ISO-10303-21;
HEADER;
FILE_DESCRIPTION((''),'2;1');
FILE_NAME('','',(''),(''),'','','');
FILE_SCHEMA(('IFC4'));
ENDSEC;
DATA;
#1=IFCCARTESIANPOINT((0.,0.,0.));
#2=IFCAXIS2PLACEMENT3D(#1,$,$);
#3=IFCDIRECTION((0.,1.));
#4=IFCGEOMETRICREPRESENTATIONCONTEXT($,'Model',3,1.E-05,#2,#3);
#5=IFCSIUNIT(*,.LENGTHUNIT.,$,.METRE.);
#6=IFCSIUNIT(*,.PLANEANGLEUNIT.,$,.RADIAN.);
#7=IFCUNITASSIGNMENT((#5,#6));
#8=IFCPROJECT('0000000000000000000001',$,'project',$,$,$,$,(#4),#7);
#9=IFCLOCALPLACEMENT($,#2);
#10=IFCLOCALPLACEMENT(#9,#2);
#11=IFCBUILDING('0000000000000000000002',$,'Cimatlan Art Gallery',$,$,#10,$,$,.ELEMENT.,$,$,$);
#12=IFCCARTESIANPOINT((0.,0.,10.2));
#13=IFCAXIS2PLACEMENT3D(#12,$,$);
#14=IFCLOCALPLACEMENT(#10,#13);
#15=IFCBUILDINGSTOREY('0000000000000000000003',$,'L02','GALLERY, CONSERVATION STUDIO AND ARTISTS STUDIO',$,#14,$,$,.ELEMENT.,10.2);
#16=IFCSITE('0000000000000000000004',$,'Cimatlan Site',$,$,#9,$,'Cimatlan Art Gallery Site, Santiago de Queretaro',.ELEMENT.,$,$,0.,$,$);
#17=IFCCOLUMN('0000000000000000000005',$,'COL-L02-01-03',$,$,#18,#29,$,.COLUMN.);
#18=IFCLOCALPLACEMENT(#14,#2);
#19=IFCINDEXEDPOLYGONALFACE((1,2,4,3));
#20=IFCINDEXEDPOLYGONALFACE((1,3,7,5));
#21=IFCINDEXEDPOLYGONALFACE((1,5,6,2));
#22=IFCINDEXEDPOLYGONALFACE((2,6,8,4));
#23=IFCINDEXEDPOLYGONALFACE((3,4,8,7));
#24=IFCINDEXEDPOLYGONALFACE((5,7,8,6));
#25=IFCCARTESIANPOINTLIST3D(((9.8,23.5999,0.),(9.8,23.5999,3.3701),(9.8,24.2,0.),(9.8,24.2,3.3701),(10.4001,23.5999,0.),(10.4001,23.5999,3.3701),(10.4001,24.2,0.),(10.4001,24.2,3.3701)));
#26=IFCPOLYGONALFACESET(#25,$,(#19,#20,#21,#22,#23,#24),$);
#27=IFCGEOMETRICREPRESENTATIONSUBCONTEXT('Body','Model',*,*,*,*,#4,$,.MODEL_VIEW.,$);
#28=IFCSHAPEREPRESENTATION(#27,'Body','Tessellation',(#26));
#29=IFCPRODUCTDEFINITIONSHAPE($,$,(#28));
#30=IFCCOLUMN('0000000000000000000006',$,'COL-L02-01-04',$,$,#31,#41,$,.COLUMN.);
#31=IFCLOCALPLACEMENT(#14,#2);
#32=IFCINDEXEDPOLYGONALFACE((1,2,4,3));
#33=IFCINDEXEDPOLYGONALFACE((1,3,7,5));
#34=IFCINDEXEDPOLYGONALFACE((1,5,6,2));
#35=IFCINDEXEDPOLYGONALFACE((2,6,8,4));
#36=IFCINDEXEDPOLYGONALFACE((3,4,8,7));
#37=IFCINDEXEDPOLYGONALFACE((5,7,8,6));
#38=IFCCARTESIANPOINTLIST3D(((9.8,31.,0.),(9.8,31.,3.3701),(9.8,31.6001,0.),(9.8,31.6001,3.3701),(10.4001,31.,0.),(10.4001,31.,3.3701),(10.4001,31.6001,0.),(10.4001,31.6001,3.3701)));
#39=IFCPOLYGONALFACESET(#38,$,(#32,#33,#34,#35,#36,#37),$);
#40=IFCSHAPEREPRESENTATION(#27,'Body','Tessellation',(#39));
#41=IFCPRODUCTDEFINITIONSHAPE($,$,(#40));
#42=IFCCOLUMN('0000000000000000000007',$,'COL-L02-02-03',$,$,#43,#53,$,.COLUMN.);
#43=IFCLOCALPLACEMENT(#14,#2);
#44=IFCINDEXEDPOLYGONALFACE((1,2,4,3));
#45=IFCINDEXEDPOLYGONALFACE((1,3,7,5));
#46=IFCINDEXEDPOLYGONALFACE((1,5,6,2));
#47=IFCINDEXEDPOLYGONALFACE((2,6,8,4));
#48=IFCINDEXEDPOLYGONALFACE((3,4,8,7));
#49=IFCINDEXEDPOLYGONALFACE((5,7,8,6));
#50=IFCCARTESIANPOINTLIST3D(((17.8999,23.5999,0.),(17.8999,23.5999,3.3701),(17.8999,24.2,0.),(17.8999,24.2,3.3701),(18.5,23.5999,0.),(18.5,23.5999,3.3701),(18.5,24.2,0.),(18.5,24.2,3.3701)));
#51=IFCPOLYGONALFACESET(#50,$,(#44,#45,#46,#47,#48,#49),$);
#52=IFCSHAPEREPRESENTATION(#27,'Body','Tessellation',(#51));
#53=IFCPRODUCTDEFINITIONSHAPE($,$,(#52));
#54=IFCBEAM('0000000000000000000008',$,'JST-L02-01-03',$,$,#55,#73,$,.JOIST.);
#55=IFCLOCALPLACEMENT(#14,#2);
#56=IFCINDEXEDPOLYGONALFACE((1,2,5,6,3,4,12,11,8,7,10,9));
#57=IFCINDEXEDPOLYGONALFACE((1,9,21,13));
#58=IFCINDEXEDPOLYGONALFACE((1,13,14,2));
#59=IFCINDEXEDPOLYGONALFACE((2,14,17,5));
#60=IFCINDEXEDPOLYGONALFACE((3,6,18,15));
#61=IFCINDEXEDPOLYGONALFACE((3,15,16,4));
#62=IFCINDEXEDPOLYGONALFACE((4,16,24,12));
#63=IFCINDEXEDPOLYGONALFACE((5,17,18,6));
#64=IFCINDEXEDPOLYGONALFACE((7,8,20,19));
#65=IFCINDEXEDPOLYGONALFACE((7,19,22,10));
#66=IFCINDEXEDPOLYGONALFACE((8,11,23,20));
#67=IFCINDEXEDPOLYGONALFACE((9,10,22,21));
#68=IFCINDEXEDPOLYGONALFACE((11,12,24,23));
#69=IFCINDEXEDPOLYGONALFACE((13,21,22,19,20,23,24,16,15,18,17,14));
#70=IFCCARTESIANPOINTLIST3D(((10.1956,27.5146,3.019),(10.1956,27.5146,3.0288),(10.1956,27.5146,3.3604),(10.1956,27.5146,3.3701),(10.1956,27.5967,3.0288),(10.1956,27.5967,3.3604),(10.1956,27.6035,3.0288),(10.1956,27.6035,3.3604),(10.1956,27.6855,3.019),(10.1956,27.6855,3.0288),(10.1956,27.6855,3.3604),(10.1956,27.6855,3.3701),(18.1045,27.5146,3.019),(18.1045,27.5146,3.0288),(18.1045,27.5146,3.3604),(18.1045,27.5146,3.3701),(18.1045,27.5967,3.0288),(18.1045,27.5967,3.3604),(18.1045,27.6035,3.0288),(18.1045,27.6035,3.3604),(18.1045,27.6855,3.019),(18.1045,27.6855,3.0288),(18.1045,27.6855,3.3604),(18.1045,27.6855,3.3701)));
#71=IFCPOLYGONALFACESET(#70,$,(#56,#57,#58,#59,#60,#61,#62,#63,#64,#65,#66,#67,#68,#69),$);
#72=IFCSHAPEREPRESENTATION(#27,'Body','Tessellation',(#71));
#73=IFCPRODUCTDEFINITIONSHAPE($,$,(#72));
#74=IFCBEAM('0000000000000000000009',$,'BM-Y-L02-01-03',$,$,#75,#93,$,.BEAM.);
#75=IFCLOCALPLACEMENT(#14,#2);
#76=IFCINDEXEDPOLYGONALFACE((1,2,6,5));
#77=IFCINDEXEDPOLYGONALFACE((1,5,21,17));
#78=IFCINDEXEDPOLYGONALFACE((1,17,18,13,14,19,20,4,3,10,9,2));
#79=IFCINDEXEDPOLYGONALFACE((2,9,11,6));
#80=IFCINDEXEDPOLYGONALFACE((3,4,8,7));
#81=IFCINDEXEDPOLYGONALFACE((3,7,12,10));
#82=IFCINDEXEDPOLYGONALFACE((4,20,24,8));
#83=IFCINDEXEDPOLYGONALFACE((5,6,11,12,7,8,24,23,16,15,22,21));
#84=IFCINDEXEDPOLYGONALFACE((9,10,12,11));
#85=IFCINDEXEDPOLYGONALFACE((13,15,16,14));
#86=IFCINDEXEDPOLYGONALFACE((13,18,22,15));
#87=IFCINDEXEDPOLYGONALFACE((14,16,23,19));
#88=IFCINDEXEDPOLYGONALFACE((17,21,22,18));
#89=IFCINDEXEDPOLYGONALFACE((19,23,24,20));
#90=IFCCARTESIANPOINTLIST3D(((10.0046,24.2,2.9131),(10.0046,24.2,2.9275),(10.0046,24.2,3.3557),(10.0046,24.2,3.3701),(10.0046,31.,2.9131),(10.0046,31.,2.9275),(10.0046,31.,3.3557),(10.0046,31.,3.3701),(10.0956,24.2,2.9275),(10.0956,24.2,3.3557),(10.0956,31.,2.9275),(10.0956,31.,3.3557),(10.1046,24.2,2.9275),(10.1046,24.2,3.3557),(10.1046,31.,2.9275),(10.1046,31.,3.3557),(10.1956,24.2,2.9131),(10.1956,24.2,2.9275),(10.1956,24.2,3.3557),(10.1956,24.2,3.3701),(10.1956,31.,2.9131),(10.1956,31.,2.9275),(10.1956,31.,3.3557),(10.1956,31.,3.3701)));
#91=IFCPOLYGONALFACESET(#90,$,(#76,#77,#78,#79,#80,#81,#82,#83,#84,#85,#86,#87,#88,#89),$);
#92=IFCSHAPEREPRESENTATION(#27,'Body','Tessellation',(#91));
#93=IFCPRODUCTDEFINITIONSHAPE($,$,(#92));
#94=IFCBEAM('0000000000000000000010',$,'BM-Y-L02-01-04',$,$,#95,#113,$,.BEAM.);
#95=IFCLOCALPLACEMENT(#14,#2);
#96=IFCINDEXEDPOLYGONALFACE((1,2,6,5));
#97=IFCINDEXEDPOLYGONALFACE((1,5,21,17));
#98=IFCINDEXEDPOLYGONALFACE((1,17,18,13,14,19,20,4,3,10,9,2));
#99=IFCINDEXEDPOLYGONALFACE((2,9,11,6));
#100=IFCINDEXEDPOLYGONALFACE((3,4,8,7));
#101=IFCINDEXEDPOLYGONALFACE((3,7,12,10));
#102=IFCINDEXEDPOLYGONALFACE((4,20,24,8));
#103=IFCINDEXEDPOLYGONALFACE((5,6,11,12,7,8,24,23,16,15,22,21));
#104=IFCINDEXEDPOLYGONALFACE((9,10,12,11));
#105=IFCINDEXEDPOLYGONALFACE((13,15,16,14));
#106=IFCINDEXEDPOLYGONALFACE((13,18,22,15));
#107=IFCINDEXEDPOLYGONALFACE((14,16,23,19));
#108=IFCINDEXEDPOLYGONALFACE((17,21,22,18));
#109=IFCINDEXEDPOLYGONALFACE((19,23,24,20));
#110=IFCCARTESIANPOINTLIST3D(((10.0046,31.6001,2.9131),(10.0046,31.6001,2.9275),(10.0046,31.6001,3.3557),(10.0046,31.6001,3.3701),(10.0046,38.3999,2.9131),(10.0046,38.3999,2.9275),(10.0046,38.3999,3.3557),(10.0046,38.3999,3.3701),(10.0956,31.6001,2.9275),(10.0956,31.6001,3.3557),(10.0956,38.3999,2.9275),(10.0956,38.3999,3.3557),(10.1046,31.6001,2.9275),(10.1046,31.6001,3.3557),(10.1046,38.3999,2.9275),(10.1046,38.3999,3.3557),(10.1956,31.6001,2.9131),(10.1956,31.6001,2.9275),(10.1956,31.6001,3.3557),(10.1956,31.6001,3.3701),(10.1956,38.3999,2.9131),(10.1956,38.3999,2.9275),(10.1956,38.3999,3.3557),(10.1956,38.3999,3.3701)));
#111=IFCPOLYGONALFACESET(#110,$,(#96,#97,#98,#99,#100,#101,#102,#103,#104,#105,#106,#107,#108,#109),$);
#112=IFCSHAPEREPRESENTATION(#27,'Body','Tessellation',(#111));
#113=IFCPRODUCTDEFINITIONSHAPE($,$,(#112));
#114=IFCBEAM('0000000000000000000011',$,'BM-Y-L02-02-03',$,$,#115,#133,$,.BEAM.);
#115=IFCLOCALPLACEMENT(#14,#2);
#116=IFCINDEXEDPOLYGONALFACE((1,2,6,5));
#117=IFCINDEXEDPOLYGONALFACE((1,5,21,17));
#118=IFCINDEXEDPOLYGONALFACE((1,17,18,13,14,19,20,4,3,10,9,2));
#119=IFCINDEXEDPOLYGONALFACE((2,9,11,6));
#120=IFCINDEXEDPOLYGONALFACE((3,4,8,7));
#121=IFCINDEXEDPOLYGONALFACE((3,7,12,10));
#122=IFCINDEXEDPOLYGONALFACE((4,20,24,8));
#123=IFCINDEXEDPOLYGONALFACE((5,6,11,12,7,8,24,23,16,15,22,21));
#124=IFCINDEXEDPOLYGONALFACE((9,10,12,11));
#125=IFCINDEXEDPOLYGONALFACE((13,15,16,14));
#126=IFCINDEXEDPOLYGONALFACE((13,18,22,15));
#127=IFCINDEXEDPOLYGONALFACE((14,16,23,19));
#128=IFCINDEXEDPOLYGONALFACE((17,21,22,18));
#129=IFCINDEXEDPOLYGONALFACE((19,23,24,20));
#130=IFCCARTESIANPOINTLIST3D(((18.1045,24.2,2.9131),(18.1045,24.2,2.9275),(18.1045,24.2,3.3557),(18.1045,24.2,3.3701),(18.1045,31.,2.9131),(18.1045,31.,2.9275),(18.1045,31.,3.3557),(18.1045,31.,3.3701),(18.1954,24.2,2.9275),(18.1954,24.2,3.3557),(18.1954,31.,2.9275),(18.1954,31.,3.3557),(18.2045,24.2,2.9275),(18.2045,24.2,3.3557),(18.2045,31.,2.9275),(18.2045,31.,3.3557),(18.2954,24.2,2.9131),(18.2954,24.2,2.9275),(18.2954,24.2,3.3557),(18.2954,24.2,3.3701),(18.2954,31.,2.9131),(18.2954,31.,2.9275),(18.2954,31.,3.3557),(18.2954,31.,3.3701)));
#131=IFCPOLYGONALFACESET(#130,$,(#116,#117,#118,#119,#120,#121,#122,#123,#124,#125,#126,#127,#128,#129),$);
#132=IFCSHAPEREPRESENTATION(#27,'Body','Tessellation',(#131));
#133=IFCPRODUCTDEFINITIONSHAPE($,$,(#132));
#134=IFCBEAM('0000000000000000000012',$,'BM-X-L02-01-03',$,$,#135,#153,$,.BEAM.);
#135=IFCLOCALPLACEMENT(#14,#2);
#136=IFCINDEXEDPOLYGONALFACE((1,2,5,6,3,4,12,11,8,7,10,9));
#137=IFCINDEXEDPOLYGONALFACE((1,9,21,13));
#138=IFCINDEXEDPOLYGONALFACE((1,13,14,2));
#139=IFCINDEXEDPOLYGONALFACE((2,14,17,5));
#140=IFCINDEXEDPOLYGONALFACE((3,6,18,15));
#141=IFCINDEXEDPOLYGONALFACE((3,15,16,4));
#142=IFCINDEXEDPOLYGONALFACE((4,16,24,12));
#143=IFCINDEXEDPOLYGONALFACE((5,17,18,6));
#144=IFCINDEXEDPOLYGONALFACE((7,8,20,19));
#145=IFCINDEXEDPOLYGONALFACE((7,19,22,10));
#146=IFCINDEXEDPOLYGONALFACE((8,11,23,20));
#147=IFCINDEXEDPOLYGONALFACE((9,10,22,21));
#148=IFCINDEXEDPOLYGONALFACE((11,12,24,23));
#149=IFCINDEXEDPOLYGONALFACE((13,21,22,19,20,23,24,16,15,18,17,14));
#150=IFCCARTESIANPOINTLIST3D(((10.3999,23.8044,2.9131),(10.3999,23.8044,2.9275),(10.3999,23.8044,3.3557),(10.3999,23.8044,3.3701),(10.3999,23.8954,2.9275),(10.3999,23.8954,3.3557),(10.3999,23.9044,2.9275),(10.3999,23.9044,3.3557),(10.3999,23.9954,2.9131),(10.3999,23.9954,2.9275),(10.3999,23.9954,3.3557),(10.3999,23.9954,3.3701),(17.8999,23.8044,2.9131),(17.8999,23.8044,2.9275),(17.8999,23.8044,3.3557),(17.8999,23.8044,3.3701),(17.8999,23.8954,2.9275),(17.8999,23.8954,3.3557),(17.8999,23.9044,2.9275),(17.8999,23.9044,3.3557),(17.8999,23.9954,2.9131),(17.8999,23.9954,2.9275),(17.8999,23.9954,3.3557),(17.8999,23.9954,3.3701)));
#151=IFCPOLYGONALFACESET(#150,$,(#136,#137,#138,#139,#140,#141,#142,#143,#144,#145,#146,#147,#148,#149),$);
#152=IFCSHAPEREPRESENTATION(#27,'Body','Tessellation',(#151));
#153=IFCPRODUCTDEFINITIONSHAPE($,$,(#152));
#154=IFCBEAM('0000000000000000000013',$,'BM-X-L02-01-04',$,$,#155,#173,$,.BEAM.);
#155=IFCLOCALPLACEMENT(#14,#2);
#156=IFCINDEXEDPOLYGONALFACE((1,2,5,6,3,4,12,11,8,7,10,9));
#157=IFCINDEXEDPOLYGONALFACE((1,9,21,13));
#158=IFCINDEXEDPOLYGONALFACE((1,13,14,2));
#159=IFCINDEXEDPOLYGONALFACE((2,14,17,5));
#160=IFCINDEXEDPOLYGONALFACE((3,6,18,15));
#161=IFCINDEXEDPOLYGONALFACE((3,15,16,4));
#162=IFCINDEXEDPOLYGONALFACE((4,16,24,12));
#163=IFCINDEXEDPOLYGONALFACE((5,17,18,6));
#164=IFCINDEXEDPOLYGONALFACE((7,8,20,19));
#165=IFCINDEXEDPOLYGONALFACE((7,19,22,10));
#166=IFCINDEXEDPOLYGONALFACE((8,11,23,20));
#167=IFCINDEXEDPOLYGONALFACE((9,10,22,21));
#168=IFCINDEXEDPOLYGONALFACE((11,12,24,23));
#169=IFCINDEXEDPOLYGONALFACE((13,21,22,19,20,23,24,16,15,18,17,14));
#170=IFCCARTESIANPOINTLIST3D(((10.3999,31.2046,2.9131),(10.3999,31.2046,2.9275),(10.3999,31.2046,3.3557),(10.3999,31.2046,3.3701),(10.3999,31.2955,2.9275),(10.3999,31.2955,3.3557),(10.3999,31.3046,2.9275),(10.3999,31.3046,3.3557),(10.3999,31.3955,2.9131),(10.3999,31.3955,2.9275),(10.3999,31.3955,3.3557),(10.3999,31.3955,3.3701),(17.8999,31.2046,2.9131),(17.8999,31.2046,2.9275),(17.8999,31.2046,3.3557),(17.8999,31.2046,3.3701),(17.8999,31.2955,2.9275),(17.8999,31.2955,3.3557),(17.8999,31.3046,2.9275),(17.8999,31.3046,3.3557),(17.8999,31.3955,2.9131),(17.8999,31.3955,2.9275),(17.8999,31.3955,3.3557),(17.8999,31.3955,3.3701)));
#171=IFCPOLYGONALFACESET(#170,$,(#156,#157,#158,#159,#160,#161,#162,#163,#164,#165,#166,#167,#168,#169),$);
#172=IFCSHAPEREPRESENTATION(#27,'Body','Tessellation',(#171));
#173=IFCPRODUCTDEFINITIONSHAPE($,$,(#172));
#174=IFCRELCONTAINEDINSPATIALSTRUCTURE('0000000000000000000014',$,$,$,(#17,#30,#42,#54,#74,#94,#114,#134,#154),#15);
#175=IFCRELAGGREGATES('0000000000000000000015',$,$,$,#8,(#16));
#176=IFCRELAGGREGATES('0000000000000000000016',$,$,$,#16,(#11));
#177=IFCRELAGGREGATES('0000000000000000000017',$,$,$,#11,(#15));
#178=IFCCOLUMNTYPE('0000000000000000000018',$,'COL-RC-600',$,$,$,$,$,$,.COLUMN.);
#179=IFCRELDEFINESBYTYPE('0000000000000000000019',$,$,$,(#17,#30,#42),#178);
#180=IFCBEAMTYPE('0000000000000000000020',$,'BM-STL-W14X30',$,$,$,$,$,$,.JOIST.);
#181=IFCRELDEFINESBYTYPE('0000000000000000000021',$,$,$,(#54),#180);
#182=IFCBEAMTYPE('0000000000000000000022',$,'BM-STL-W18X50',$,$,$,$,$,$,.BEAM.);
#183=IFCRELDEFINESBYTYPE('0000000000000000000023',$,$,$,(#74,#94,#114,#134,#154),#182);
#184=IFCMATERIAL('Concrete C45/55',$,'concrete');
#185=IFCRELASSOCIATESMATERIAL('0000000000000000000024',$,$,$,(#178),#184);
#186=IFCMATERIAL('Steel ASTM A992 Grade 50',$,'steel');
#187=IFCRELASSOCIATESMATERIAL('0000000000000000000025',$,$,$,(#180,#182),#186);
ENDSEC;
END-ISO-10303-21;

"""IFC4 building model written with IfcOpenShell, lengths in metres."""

from ifc_helpers import new_model, si_unit, direction, frame, origin, origin_2d, place, context, subcontext, project, spatial, rectangle, i_section, extrude, material, material_profile, profile_set, type_object, element, save


model = new_model("IFC4")

# Units and contexts
model_context = context("Model", 3, precision=1e-05, world=origin(), true_north=direction((0.0, 1.0)))
body_context = subcontext(model_context, "Body", "Model", "MODEL_VIEW")
ifc_project = project(units=[si_unit("LENGTHUNIT", "METRE"), si_unit("PLANEANGLEUNIT", "RADIAN")], contexts=[model_context])

# Site, building, storey
site_placement = place(None, origin())
site = spatial("IfcSite", under=ifc_project, at=site_placement, Name="Cimatlan Site", LongName="Cimatlan Art Gallery Site, Santiago de Queretaro", CompositionType="ELEMENT", RefElevation=0.0)
building_placement = place(site_placement, origin())
building = spatial("IfcBuilding", under=site, at=building_placement, Name="Cimatlan Art Gallery", CompositionType="ELEMENT")
storey_placement = place(building_placement, frame((0.0, 0.0, 10.2)))
storey = spatial("IfcBuildingStorey", under=building, at=storey_placement, Name="L02", Description="GALLERY, CONSERVATION STUDIO AND ARTISTS STUDIO", CompositionType="ELEMENT", Elevation=10.2)

# Columns
ifc_material_1 = material(Name="Concrete C45/55", Category="concrete")
ifc_material_profile_1 = material_profile(ifc_material_1, rectangle(XDim=0.6001, YDim=0.6001, at=origin_2d()), Name="RC600X600")
ifc_profile_set_1 = profile_set([ifc_material_profile_1], Name="Concrete C45/55")
column_type = type_object("IfcColumnType", Name="COL-RC-600", PredefinedType="COLUMN", material=ifc_profile_set_1)
for number, where, z_axis, x_axis, name in (
    (1, (10.1001, 23.8999, 0.0), (0.0, 0.0, 1.0), (1.0, 0.0, 0.0), "COL-L02-01-03"),
    (2, (10.1001, 31.3, 0.0), (0.0, 0.0, 1.0), (1.0, 0.0, 0.0), "COL-L02-01-04"),
    (3, (18.2, 23.8999, 0.0), (0.0, 0.0, 1.0), (1.0, 0.0, 0.0), "COL-L02-02-03"),
):
    element("IfcColumn", number, at=place(storey_placement, frame(where, z_axis=z_axis, x_axis=x_axis)), inside=storey, type_object=column_type, Name=name, PredefinedType="COLUMN", context=body_context, shape_type="SweptSolid", body=[
        extrude(rectangle(XDim=0.6001, YDim=0.6001, at=origin_2d()), origin(), (0.0, 0.0, 1.0), 3.3701),
    ])

# Beams
ifc_material_2 = material(Name="Steel ASTM A992 Grade 50", Category="steel")
ifc_material_profile_2 = material_profile(ifc_material_2, i_section(OverallWidth=0.1709, OverallDepth=0.3511, WebThickness=0.0068, FlangeThickness=0.0098, at=origin_2d()), Name="W14X30")
ifc_profile_set_2 = profile_set([ifc_material_profile_2], Name="Steel ASTM A992 Grade 50")
beam_type_1 = type_object("IfcBeamType", Name="BM-STL-W14X30", PredefinedType="JOIST", material=ifc_profile_set_2)
beam_1_placement = place(storey_placement, frame((10.1956, 27.6001, 3.1946), z_axis=(1.0, 0.0, 0.0), x_axis=(0.0, 1.0, 0.0)))
element("IfcBeam", 4, at=beam_1_placement, inside=storey, type_object=beam_type_1, Name="JST-L02-01-03", PredefinedType="JOIST", context=body_context, shape_type="SweptSolid", body=[
    extrude(i_section(OverallWidth=0.1709, OverallDepth=0.3511, WebThickness=0.0068, FlangeThickness=0.0098, at=origin_2d()), origin(), (0.0, 0.0, 1.0), 7.9089),
])
ifc_material_profile_3 = material_profile(ifc_material_2, i_section(OverallWidth=0.1909, OverallDepth=0.457, WebThickness=0.009, FlangeThickness=0.0144, at=origin_2d()), Name="W18X50")
ifc_profile_set_3 = profile_set([ifc_material_profile_3], Name="Steel ASTM A992 Grade 50")
beam_type_2 = type_object("IfcBeamType", Name="BM-STL-W18X50", PredefinedType="BEAM", material=ifc_profile_set_3)
beam_2_placement = place(storey_placement, frame((10.1001, 24.2, 3.1416), z_axis=(0.0, 1.0, 0.0), x_axis=(-1.0, 0.0, 0.0)))
element("IfcBeam", 5, at=beam_2_placement, inside=storey, type_object=beam_type_2, Name="BM-Y-L02-01-03", PredefinedType="BEAM", context=body_context, shape_type="SweptSolid", body=[
    extrude(i_section(OverallWidth=0.1909, OverallDepth=0.457, WebThickness=0.009, FlangeThickness=0.0144, at=origin_2d()), origin(), (0.0, 0.0, 1.0), 6.8),
])
beam_3_placement = place(storey_placement, frame((10.1001, 31.6001, 3.1416), z_axis=(0.0, 1.0, 0.0), x_axis=(-1.0, 0.0, 0.0)))
element("IfcBeam", 6, at=beam_3_placement, inside=storey, type_object=beam_type_2, Name="BM-Y-L02-01-04", PredefinedType="BEAM", context=body_context, shape_type="SweptSolid", body=[
    extrude(i_section(OverallWidth=0.1909, OverallDepth=0.457, WebThickness=0.009, FlangeThickness=0.0144, at=origin_2d()), origin(), (0.0, 0.0, 1.0), 6.7998),
])
beam_4_placement = place(storey_placement, frame((18.2, 24.2, 3.1416), z_axis=(0.0, 1.0, 0.0), x_axis=(-1.0, 0.0, 0.0)))
element("IfcBeam", 7, at=beam_4_placement, inside=storey, type_object=beam_type_2, Name="BM-Y-L02-02-03", PredefinedType="BEAM", context=body_context, shape_type="SweptSolid", body=[
    extrude(i_section(OverallWidth=0.1909, OverallDepth=0.457, WebThickness=0.009, FlangeThickness=0.0144, at=origin_2d()), origin(), (0.0, 0.0, 1.0), 6.8),
])
for number, where, z_axis, x_axis, name in (
    (8, (10.3999, 23.8999, 3.1416), (1.0, 0.0, 0.0), (0.0, 1.0, 0.0), "BM-X-L02-01-03"),
    (9, (10.3999, 31.3, 3.1416), (1.0, 0.0, 0.0), (0.0, 1.0, 0.0), "BM-X-L02-01-04"),
):
    element("IfcBeam", number, at=place(storey_placement, frame(where, z_axis=z_axis, x_axis=x_axis)), inside=storey, type_object=beam_type_2, Name=name, PredefinedType="BEAM", context=body_context, shape_type="SweptSolid", body=[
        extrude(i_section(OverallWidth=0.1909, OverallDepth=0.457, WebThickness=0.009, FlangeThickness=0.0144, at=origin_2d()), origin(), (0.0, 0.0, 1.0), 7.5),
    ])

save(model, "model.ifc")
